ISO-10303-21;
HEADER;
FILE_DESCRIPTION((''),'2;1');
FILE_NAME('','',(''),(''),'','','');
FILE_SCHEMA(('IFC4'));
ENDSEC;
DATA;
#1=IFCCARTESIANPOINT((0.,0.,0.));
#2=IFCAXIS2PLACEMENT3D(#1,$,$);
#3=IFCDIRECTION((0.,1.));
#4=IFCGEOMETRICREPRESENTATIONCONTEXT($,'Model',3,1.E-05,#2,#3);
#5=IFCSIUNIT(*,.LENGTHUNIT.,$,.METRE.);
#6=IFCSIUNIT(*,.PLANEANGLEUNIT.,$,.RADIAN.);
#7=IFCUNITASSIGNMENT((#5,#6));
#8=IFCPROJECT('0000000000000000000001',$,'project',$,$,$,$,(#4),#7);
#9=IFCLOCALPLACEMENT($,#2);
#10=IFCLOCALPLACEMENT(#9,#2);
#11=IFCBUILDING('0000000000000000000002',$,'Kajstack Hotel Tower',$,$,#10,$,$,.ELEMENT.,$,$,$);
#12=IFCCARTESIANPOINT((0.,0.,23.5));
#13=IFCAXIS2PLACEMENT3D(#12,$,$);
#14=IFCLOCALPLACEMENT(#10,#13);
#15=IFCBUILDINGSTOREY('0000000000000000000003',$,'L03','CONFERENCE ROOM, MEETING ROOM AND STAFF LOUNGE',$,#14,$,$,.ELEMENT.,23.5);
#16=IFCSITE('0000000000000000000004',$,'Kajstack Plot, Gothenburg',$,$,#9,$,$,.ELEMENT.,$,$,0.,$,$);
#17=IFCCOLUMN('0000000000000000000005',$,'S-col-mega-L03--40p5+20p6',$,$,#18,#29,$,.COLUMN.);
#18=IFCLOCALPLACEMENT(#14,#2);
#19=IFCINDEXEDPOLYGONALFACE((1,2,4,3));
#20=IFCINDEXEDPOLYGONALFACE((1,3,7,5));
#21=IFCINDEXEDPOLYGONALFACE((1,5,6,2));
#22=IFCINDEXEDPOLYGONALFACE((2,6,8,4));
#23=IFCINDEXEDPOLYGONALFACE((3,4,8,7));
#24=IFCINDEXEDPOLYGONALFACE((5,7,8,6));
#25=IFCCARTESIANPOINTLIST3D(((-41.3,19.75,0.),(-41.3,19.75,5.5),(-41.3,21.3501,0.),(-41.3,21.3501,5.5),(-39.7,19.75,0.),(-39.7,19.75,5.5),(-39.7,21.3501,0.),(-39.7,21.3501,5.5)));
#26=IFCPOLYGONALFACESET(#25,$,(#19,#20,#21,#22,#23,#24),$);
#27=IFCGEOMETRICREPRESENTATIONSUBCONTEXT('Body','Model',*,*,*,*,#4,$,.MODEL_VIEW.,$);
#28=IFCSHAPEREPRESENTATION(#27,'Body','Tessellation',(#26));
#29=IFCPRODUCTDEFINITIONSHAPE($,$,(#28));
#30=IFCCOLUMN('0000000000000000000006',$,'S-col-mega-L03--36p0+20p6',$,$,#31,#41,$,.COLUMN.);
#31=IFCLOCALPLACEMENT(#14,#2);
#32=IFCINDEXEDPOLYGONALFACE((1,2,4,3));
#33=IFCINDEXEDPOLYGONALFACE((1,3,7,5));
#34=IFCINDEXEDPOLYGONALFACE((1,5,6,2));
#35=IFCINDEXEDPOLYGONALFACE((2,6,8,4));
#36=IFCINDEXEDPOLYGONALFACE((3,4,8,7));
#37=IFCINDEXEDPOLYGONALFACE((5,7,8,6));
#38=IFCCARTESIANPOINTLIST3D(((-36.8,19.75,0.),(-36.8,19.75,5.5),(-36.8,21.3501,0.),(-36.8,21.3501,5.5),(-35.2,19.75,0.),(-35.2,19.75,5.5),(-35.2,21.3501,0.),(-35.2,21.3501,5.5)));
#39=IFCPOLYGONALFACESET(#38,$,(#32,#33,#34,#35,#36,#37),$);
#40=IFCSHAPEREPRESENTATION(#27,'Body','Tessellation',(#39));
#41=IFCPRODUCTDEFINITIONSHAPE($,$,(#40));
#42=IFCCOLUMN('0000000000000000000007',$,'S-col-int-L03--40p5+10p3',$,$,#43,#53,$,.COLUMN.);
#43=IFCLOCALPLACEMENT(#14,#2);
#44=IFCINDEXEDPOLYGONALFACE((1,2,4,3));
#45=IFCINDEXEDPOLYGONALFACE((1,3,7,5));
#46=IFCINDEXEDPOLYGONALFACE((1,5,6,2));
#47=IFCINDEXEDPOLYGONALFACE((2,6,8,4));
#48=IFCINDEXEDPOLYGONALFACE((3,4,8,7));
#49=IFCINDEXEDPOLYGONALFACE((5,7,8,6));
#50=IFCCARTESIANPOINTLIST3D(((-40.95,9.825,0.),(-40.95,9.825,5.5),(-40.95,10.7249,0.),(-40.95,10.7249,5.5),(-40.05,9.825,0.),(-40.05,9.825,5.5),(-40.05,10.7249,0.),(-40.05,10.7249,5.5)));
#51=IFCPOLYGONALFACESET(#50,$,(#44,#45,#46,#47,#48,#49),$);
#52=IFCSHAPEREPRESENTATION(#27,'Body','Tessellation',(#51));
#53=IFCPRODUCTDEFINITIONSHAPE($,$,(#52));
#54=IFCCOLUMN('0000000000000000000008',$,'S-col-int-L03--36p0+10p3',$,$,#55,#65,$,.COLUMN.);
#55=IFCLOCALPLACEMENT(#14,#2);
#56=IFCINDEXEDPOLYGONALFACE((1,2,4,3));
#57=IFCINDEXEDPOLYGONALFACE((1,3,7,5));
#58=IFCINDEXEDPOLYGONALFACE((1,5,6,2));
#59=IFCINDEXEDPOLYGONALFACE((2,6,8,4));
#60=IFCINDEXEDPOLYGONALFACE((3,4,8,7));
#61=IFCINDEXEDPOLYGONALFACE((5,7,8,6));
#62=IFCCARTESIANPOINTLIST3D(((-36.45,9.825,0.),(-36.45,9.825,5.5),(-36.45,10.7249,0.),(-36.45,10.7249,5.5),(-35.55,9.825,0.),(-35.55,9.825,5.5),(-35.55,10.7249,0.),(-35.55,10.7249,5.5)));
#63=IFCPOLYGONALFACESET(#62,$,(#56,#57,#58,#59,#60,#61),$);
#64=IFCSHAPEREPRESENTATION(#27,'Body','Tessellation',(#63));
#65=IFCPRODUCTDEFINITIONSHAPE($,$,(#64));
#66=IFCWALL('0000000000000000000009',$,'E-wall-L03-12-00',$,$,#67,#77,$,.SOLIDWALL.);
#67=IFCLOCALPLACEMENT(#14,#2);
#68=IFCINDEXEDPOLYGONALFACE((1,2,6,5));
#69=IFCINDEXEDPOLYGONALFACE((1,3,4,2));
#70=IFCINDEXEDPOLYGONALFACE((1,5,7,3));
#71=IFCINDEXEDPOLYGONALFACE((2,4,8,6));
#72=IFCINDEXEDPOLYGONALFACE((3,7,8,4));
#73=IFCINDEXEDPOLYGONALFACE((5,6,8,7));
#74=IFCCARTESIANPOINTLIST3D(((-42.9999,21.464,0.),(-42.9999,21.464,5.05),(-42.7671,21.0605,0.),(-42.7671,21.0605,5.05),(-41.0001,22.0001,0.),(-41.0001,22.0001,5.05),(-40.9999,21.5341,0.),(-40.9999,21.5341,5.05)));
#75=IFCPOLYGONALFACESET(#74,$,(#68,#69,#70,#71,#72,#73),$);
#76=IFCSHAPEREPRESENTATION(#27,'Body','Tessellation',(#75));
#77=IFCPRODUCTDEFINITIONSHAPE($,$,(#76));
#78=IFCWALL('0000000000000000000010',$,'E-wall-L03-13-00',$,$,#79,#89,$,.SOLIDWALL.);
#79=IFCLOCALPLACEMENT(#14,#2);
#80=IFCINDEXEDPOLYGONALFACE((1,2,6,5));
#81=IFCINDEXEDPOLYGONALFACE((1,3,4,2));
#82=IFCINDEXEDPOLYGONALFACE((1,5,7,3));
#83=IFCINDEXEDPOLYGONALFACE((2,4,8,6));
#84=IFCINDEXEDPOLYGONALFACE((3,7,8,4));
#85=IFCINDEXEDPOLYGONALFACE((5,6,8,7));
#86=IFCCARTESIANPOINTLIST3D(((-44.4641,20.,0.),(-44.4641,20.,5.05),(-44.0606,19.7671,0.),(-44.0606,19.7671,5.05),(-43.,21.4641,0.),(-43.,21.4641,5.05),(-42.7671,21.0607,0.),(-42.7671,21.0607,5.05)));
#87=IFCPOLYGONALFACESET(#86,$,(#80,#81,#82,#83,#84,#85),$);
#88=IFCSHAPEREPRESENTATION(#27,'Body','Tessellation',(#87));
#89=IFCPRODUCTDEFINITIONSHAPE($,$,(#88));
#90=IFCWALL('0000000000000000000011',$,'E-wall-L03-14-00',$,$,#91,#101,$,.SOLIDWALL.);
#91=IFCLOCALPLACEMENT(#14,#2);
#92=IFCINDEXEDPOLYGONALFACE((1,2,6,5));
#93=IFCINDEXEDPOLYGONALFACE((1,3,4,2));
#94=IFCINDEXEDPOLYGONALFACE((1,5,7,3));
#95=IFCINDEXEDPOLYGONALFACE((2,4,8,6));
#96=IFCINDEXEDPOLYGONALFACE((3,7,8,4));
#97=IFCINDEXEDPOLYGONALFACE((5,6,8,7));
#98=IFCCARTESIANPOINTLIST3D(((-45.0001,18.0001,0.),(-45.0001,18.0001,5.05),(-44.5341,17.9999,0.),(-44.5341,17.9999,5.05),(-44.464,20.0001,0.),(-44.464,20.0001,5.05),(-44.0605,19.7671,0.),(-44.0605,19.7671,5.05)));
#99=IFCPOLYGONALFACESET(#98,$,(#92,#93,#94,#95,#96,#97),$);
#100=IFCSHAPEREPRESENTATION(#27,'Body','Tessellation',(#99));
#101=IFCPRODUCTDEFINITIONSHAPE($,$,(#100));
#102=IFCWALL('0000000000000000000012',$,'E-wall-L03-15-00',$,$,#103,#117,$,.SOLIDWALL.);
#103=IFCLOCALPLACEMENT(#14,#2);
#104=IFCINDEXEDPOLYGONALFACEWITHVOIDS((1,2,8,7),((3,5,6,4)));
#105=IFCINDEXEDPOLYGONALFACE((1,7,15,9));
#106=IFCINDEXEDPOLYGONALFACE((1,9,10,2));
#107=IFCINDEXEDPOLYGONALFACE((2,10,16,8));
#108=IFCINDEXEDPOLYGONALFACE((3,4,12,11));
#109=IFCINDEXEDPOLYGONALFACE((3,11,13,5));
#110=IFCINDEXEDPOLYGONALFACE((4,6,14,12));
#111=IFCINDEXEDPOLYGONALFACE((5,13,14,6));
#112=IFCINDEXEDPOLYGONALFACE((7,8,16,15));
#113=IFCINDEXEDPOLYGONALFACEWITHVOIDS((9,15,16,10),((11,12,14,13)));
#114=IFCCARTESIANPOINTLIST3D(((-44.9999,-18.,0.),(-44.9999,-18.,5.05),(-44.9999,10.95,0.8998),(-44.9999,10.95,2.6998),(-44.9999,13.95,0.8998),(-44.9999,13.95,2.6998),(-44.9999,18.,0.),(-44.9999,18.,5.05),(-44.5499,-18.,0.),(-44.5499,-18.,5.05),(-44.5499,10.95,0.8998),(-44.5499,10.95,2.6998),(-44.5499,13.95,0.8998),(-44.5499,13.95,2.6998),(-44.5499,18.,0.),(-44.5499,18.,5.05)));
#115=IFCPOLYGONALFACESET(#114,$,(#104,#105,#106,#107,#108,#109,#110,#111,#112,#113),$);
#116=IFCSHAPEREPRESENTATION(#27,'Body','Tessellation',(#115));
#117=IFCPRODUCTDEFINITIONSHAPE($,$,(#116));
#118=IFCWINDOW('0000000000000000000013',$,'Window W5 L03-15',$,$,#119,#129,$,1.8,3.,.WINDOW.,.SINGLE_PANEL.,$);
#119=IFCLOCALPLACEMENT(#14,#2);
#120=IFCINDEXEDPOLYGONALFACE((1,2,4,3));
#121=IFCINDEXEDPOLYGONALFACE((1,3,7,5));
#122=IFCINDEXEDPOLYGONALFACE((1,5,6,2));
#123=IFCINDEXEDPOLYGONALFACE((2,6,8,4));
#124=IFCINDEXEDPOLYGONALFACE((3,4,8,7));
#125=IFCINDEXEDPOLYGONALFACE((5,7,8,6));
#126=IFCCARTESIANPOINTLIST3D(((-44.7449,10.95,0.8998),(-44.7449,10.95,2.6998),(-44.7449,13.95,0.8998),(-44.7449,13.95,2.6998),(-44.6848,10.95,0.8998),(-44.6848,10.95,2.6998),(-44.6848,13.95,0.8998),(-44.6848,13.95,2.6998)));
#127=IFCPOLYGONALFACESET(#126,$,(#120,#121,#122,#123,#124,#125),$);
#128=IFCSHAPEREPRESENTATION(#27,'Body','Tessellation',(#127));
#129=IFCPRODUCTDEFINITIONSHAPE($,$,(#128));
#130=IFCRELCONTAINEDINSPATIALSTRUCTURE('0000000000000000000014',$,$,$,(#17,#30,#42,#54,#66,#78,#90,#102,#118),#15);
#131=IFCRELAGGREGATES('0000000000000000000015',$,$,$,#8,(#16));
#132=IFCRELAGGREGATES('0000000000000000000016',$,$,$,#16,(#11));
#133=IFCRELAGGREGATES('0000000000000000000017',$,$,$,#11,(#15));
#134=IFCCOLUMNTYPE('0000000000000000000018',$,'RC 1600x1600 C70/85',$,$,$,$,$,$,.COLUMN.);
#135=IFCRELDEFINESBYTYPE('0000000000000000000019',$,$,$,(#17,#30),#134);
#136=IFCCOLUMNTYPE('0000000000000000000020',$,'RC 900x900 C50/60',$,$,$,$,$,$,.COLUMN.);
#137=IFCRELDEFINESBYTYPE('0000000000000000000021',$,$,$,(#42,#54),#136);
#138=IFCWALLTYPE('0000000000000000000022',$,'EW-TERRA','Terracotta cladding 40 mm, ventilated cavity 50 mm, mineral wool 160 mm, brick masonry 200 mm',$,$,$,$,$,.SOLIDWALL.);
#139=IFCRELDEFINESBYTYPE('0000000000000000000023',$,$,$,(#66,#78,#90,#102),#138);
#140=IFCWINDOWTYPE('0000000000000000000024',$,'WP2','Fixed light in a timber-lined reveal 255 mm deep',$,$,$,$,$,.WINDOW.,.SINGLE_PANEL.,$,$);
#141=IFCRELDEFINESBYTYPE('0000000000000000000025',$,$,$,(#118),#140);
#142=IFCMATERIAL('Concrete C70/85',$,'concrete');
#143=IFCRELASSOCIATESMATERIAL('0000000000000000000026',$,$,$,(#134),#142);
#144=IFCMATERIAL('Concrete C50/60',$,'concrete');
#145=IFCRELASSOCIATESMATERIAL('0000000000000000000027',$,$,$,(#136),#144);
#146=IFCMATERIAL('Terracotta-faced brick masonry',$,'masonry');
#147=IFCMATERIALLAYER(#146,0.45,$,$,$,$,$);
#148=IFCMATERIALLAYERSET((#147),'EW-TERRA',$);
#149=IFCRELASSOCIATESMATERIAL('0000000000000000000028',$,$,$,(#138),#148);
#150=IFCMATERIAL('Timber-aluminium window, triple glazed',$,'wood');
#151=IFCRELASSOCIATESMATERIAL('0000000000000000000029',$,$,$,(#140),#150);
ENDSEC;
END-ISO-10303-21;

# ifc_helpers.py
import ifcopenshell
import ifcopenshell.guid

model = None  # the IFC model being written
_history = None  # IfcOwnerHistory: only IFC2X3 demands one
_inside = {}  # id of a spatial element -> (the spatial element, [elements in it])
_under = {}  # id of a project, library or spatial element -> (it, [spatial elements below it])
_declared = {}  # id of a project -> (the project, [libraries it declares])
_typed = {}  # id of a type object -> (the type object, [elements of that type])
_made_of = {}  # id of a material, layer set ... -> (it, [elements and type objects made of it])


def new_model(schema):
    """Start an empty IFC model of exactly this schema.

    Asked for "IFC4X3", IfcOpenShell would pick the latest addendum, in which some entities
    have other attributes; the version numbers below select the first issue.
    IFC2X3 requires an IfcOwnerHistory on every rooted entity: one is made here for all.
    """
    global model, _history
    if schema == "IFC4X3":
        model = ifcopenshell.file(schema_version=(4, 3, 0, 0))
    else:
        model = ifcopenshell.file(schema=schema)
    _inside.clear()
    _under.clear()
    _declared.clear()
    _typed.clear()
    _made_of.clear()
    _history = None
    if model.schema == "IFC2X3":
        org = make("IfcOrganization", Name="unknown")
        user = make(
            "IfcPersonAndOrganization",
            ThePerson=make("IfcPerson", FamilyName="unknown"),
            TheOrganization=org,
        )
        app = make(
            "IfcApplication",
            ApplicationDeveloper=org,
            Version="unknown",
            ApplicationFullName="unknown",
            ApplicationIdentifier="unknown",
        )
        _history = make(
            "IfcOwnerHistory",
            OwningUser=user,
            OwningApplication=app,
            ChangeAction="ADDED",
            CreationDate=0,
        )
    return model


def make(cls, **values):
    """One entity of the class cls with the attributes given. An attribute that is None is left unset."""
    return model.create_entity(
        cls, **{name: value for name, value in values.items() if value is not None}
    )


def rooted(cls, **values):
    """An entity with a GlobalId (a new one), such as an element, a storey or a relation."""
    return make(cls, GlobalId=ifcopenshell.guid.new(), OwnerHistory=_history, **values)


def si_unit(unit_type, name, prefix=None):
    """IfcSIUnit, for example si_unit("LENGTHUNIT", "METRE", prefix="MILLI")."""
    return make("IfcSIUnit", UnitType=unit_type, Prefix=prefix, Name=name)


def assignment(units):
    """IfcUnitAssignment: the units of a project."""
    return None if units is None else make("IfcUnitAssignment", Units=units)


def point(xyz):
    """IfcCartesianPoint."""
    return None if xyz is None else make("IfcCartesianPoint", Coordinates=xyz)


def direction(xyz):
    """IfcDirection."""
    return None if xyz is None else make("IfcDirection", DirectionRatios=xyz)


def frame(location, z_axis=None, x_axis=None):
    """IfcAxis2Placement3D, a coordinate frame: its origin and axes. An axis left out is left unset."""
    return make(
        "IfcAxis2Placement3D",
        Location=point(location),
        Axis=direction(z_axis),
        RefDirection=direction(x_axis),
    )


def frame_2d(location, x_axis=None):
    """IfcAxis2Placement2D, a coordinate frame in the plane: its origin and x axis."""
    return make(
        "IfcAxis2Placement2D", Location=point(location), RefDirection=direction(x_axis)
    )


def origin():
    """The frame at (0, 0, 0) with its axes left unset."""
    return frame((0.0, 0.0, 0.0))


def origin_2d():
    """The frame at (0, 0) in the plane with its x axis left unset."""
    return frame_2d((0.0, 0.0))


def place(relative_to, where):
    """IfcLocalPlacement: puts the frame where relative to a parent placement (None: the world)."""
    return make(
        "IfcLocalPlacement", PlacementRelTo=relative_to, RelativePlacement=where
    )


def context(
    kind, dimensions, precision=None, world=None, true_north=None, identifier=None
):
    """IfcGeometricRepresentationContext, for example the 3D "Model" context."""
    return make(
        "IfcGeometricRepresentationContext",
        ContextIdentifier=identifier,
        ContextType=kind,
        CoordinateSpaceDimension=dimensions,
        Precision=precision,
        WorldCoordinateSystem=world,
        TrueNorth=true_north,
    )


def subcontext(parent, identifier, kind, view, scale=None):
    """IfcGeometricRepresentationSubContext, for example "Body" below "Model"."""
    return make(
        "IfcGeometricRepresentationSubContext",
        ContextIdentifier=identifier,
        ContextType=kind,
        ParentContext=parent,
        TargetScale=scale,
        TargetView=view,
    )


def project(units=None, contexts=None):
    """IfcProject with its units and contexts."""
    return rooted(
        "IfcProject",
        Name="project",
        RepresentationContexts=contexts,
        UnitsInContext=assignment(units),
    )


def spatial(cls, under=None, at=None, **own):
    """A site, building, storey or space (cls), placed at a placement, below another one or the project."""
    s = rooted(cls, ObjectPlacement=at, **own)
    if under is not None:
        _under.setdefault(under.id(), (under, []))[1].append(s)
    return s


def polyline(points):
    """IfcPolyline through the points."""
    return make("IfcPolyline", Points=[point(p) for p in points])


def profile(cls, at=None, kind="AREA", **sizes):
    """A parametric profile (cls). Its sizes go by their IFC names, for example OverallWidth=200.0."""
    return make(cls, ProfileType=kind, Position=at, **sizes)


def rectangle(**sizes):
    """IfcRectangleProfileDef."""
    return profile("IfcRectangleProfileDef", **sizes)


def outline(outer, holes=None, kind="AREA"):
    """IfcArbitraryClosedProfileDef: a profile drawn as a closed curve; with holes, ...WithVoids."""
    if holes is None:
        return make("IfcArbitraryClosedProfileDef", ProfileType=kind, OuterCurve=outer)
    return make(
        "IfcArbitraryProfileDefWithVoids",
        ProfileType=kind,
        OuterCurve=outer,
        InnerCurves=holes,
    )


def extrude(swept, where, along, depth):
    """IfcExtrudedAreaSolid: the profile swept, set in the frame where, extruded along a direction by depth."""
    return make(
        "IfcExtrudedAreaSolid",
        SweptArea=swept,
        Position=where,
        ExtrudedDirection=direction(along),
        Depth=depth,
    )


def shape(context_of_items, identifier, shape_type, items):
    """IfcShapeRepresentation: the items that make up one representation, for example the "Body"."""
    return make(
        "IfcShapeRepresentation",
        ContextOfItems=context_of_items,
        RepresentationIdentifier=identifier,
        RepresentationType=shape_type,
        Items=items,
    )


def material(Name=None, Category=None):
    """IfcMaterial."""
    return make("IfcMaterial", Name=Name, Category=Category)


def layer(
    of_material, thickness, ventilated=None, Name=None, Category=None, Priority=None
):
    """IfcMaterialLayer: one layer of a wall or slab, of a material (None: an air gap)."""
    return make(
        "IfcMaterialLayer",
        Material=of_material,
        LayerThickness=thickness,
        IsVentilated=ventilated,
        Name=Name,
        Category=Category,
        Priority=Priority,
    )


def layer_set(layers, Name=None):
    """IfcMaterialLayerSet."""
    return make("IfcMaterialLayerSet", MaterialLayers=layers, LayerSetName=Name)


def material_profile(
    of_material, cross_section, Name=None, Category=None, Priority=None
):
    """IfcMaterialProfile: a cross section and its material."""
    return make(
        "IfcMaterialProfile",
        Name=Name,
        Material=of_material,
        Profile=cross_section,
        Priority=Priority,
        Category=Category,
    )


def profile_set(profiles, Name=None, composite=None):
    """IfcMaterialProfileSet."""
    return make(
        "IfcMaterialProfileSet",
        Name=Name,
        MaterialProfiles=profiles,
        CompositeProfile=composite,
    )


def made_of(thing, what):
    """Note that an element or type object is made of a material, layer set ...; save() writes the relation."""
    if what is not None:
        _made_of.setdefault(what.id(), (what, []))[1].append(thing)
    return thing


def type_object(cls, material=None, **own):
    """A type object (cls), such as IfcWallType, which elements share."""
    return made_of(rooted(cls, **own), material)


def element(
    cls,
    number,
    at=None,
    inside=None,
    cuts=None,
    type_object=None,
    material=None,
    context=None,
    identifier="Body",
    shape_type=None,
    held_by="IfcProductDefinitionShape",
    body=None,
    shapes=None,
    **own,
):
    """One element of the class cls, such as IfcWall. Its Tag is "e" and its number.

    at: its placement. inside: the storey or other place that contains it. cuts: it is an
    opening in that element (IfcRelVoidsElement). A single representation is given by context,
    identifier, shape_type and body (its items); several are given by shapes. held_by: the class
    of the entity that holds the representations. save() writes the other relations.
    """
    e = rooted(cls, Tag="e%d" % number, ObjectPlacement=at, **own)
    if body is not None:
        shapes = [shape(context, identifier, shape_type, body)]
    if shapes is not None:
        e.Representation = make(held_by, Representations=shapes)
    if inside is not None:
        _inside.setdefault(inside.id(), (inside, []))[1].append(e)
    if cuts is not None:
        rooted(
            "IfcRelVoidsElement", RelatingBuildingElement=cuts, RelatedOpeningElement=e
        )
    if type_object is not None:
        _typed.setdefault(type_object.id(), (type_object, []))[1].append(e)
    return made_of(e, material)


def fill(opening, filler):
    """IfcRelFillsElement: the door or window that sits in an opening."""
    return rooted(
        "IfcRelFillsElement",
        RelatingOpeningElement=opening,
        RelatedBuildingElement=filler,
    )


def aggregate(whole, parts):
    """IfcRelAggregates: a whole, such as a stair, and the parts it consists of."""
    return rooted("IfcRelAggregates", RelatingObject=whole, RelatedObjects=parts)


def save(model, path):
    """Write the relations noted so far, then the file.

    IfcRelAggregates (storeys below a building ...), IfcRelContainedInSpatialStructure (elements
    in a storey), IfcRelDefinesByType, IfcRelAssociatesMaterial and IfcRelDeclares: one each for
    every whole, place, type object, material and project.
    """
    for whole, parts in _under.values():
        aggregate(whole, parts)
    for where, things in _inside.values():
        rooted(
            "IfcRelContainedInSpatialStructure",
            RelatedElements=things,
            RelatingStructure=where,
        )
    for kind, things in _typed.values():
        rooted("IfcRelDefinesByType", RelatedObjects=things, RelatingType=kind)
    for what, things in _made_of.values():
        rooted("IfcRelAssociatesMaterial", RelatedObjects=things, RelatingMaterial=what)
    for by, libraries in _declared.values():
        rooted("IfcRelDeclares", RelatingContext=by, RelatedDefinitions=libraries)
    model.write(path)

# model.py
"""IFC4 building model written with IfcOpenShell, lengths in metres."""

from ifc_helpers import new_model, si_unit, direction, frame, frame_2d, origin, origin_2d, place, context, subcontext, project, spatial, polyline, rectangle, outline, extrude, material, layer, layer_set, material_profile, profile_set, type_object, element, fill, save


model = new_model("IFC4")

# Units and contexts
model_context = context("Model", 3, precision=1e-05, world=origin(), true_north=direction((0.0, 1.0)))
body_context = subcontext(model_context, "Body", "Model", "MODEL_VIEW")
ifc_project = project(units=[si_unit("LENGTHUNIT", "METRE"), si_unit("PLANEANGLEUNIT", "RADIAN")], contexts=[model_context])

# Site, building, storey
site_placement = place(None, origin())
site = spatial("IfcSite", under=ifc_project, at=site_placement, Name="Kajstack Plot, Gothenburg", CompositionType="ELEMENT", RefElevation=0.0)
building_placement = place(site_placement, origin())
building = spatial("IfcBuilding", under=site, at=building_placement, Name="Kajstack Hotel Tower", CompositionType="ELEMENT")
storey_placement = place(building_placement, frame((0.0, 0.0, 23.5)))
storey = spatial("IfcBuildingStorey", under=building, at=storey_placement, Name="L03", Description="CONFERENCE ROOM, MEETING ROOM AND STAFF LOUNGE", CompositionType="ELEMENT", Elevation=23.5)

# Columns
ifc_material_1 = material(Name="Concrete C70/85", Category="concrete")
ifc_material_profile_1 = material_profile(ifc_material_1, rectangle(XDim=1.6001, YDim=1.6001, at=origin_2d()), Name="RC 1600x1600")
ifc_profile_set_1 = profile_set([ifc_material_profile_1], Name="Concrete C70/85")
column_type_1 = type_object("IfcColumnType", Name="RC 1600x1600 C70/85", PredefinedType="COLUMN", material=ifc_profile_set_1)
for number, where, z_axis, x_axis, name in (
    (1, (-40.5, 20.55, 0.0), (0.0, 0.0, 1.0), (1.0, 0.0, 0.0), "S-col-mega-L03--40p5+20p6"),
    (2, (-36.0, 20.55, 0.0), (0.0, 0.0, 1.0), (1.0, 0.0, 0.0), "S-col-mega-L03--36p0+20p6"),
):
    element("IfcColumn", number, at=place(storey_placement, frame(where, z_axis=z_axis, x_axis=x_axis)), inside=storey, type_object=column_type_1, Name=name, PredefinedType="COLUMN", context=body_context, shape_type="SweptSolid", body=[
        extrude(rectangle(XDim=1.6001, YDim=1.6001, at=origin_2d()), origin(), (0.0, 0.0, 1.0), 5.5),
    ])
ifc_material_2 = material(Name="Concrete C50/60", Category="concrete")
ifc_material_profile_2 = material_profile(ifc_material_2, rectangle(XDim=0.8999, YDim=0.8999, at=origin_2d()), Name="RC 900x900")
ifc_profile_set_2 = profile_set([ifc_material_profile_2], Name="Concrete C50/60")
column_type_2 = type_object("IfcColumnType", Name="RC 900x900 C50/60", PredefinedType="COLUMN", material=ifc_profile_set_2)
for number, where, z_axis, x_axis, name in (
    (3, (-40.5, 10.2749, 0.0), (0.0, 0.0, 1.0), (1.0, 0.0, 0.0), "S-col-int-L03--40p5+10p3"),
    (4, (-36.0, 10.2749, 0.0), (0.0, 0.0, 1.0), (1.0, 0.0, 0.0), "S-col-int-L03--36p0+10p3"),
):
    element("IfcColumn", number, at=place(storey_placement, frame(where, z_axis=z_axis, x_axis=x_axis)), inside=storey, type_object=column_type_2, Name=name, PredefinedType="COLUMN", context=body_context, shape_type="SweptSolid", body=[
        extrude(rectangle(XDim=0.8999, YDim=0.8999, at=origin_2d()), origin(), (0.0, 0.0, 1.0), 5.5),
    ])

# Walls
ifc_material_3 = material(Name="Terracotta-faced brick masonry", Category="masonry")
ifc_layer_1 = layer(ifc_material_3, 0.45)
ifc_layer_set_1 = layer_set([ifc_layer_1], Name="EW-TERRA")
wall_type_1 = type_object("IfcWallType", Name="EW-TERRA", Description="Terracotta cladding 40 mm, ventilated cavity 50 mm, mineral wool 160 mm, brick masonry 200 mm", PredefinedType="SOLIDWALL", material=ifc_layer_set_1)
wall_1_placement = place(storey_placement, frame((-40.9417, 21.7827, 0.0), z_axis=(0.0, 0.0, 1.0), x_axis=(-0.965927, -0.258815, 0.0)))
element("IfcWall", 5, at=wall_1_placement, inside=storey, type_object=wall_type_1, Name="E-wall-L03-12-00", PredefinedType="SOLIDWALL", context=body_context, shape_type="SweptSolid", body=[
    extrude(outline(polyline([(0.0002, -0.2251), (2.0706, -0.2249), (1.9502, 0.2251), (0.1206, 0.2251), (0.0002, -0.2251)])), origin(), (0.0, 0.0, 1.0), 5.05),
])
wall_2_placement = place(storey_placement, frame((-42.8408, 21.3049, 0.0), z_axis=(0.0, 0.0, 1.0), x_axis=(-0.707107, -0.707107, 0.0)))
element("IfcWall", 6, at=wall_2_placement, inside=storey, type_object=wall_type_1, Name="E-wall-L03-13-00", PredefinedType="SOLIDWALL", context=body_context, shape_type="SweptSolid", body=[
    extrude(outline(polyline([(0.0, -0.2251), (2.0706, -0.2251), (1.95, 0.2249), (0.1206, 0.2249), (0.0, -0.2251)])), origin(), (0.0, 0.0, 1.0), 5.05),
])
wall_3_placement = place(storey_placement, frame((-44.2468, 19.9417, 0.0), z_axis=(0.0, 0.0, 1.0), x_axis=(-0.258815, -0.965927, 0.0)))
element("IfcWall", 7, at=wall_3_placement, inside=storey, type_object=wall_type_1, Name="E-wall-L03-14-00", PredefinedType="SOLIDWALL", context=body_context, shape_type="SweptSolid", body=[
    extrude(outline(polyline([(-0.0002, -0.2249), (2.0703, -0.2251), (1.95, 0.2251), (0.1204, 0.2251), (-0.0002, -0.2249)])), origin(), (0.0, 0.0, 1.0), 5.05),
])

# Wall, opening, window
wall_4_placement = place(storey_placement, frame((-44.7749, 18.0, 0.0), z_axis=(0.0, 0.0, 1.0), x_axis=(0.0, -1.0, 0.0)))
wall_4 = element("IfcWall", 8, at=wall_4_placement, inside=storey, type_object=wall_type_1, Name="E-wall-L03-15-00", PredefinedType="SOLIDWALL", context=body_context, shape_type="SweptSolid", body=[
    extrude(rectangle(XDim=36.0, YDim=0.45, at=frame_2d((18.0, 0.0))), origin(), (0.0, 0.0, 1.0), 5.05),
])
opening_1_placement = place(wall_4_placement, frame((4.05, 0.0, 0.8999)))
opening_1 = element("IfcOpeningElement", 9, at=opening_1_placement, cuts=wall_4, PredefinedType="OPENING", context=body_context, shape_type="SweptSolid", body=[
    extrude(rectangle(XDim=3.0, YDim=1.8, at=frame_2d((1.5, 0.8999))), frame((0.0, 0.2349, 0.0), z_axis=(0.0, -1.0, 0.0), x_axis=(1.0, 0.0, 0.0)), (0.0, 0.0, 1.0), 0.47),
])
ifc_material_4 = material(Name="Timber-aluminium window, triple glazed", Category="wood")
window_type = type_object("IfcWindowType", Name="WP2", Description="Fixed light in a timber-lined reveal 255 mm deep", PartitioningType="SINGLE_PANEL", PredefinedType="WINDOW", material=ifc_material_4)
window_placement = place(opening_1_placement, origin())
window = element("IfcWindow", 10, at=window_placement, inside=storey, type_object=window_type, Name="Window W5 L03-15", OverallHeight=1.8, OverallWidth=3.0, PartitioningType="SINGLE_PANEL", PredefinedType="WINDOW", context=body_context, shape_type="SweptSolid", body=[
    extrude(rectangle(XDim=3.0, YDim=1.8, at=frame_2d((1.5, 0.8999))), frame((0.0, 0.0901, 0.0), z_axis=(0.0, -1.0, 0.0), x_axis=(1.0, 0.0, 0.0)), (0.0, 0.0, 1.0), 0.0601),
])
fill(opening_1, window)

save(model, "model.ifc")
